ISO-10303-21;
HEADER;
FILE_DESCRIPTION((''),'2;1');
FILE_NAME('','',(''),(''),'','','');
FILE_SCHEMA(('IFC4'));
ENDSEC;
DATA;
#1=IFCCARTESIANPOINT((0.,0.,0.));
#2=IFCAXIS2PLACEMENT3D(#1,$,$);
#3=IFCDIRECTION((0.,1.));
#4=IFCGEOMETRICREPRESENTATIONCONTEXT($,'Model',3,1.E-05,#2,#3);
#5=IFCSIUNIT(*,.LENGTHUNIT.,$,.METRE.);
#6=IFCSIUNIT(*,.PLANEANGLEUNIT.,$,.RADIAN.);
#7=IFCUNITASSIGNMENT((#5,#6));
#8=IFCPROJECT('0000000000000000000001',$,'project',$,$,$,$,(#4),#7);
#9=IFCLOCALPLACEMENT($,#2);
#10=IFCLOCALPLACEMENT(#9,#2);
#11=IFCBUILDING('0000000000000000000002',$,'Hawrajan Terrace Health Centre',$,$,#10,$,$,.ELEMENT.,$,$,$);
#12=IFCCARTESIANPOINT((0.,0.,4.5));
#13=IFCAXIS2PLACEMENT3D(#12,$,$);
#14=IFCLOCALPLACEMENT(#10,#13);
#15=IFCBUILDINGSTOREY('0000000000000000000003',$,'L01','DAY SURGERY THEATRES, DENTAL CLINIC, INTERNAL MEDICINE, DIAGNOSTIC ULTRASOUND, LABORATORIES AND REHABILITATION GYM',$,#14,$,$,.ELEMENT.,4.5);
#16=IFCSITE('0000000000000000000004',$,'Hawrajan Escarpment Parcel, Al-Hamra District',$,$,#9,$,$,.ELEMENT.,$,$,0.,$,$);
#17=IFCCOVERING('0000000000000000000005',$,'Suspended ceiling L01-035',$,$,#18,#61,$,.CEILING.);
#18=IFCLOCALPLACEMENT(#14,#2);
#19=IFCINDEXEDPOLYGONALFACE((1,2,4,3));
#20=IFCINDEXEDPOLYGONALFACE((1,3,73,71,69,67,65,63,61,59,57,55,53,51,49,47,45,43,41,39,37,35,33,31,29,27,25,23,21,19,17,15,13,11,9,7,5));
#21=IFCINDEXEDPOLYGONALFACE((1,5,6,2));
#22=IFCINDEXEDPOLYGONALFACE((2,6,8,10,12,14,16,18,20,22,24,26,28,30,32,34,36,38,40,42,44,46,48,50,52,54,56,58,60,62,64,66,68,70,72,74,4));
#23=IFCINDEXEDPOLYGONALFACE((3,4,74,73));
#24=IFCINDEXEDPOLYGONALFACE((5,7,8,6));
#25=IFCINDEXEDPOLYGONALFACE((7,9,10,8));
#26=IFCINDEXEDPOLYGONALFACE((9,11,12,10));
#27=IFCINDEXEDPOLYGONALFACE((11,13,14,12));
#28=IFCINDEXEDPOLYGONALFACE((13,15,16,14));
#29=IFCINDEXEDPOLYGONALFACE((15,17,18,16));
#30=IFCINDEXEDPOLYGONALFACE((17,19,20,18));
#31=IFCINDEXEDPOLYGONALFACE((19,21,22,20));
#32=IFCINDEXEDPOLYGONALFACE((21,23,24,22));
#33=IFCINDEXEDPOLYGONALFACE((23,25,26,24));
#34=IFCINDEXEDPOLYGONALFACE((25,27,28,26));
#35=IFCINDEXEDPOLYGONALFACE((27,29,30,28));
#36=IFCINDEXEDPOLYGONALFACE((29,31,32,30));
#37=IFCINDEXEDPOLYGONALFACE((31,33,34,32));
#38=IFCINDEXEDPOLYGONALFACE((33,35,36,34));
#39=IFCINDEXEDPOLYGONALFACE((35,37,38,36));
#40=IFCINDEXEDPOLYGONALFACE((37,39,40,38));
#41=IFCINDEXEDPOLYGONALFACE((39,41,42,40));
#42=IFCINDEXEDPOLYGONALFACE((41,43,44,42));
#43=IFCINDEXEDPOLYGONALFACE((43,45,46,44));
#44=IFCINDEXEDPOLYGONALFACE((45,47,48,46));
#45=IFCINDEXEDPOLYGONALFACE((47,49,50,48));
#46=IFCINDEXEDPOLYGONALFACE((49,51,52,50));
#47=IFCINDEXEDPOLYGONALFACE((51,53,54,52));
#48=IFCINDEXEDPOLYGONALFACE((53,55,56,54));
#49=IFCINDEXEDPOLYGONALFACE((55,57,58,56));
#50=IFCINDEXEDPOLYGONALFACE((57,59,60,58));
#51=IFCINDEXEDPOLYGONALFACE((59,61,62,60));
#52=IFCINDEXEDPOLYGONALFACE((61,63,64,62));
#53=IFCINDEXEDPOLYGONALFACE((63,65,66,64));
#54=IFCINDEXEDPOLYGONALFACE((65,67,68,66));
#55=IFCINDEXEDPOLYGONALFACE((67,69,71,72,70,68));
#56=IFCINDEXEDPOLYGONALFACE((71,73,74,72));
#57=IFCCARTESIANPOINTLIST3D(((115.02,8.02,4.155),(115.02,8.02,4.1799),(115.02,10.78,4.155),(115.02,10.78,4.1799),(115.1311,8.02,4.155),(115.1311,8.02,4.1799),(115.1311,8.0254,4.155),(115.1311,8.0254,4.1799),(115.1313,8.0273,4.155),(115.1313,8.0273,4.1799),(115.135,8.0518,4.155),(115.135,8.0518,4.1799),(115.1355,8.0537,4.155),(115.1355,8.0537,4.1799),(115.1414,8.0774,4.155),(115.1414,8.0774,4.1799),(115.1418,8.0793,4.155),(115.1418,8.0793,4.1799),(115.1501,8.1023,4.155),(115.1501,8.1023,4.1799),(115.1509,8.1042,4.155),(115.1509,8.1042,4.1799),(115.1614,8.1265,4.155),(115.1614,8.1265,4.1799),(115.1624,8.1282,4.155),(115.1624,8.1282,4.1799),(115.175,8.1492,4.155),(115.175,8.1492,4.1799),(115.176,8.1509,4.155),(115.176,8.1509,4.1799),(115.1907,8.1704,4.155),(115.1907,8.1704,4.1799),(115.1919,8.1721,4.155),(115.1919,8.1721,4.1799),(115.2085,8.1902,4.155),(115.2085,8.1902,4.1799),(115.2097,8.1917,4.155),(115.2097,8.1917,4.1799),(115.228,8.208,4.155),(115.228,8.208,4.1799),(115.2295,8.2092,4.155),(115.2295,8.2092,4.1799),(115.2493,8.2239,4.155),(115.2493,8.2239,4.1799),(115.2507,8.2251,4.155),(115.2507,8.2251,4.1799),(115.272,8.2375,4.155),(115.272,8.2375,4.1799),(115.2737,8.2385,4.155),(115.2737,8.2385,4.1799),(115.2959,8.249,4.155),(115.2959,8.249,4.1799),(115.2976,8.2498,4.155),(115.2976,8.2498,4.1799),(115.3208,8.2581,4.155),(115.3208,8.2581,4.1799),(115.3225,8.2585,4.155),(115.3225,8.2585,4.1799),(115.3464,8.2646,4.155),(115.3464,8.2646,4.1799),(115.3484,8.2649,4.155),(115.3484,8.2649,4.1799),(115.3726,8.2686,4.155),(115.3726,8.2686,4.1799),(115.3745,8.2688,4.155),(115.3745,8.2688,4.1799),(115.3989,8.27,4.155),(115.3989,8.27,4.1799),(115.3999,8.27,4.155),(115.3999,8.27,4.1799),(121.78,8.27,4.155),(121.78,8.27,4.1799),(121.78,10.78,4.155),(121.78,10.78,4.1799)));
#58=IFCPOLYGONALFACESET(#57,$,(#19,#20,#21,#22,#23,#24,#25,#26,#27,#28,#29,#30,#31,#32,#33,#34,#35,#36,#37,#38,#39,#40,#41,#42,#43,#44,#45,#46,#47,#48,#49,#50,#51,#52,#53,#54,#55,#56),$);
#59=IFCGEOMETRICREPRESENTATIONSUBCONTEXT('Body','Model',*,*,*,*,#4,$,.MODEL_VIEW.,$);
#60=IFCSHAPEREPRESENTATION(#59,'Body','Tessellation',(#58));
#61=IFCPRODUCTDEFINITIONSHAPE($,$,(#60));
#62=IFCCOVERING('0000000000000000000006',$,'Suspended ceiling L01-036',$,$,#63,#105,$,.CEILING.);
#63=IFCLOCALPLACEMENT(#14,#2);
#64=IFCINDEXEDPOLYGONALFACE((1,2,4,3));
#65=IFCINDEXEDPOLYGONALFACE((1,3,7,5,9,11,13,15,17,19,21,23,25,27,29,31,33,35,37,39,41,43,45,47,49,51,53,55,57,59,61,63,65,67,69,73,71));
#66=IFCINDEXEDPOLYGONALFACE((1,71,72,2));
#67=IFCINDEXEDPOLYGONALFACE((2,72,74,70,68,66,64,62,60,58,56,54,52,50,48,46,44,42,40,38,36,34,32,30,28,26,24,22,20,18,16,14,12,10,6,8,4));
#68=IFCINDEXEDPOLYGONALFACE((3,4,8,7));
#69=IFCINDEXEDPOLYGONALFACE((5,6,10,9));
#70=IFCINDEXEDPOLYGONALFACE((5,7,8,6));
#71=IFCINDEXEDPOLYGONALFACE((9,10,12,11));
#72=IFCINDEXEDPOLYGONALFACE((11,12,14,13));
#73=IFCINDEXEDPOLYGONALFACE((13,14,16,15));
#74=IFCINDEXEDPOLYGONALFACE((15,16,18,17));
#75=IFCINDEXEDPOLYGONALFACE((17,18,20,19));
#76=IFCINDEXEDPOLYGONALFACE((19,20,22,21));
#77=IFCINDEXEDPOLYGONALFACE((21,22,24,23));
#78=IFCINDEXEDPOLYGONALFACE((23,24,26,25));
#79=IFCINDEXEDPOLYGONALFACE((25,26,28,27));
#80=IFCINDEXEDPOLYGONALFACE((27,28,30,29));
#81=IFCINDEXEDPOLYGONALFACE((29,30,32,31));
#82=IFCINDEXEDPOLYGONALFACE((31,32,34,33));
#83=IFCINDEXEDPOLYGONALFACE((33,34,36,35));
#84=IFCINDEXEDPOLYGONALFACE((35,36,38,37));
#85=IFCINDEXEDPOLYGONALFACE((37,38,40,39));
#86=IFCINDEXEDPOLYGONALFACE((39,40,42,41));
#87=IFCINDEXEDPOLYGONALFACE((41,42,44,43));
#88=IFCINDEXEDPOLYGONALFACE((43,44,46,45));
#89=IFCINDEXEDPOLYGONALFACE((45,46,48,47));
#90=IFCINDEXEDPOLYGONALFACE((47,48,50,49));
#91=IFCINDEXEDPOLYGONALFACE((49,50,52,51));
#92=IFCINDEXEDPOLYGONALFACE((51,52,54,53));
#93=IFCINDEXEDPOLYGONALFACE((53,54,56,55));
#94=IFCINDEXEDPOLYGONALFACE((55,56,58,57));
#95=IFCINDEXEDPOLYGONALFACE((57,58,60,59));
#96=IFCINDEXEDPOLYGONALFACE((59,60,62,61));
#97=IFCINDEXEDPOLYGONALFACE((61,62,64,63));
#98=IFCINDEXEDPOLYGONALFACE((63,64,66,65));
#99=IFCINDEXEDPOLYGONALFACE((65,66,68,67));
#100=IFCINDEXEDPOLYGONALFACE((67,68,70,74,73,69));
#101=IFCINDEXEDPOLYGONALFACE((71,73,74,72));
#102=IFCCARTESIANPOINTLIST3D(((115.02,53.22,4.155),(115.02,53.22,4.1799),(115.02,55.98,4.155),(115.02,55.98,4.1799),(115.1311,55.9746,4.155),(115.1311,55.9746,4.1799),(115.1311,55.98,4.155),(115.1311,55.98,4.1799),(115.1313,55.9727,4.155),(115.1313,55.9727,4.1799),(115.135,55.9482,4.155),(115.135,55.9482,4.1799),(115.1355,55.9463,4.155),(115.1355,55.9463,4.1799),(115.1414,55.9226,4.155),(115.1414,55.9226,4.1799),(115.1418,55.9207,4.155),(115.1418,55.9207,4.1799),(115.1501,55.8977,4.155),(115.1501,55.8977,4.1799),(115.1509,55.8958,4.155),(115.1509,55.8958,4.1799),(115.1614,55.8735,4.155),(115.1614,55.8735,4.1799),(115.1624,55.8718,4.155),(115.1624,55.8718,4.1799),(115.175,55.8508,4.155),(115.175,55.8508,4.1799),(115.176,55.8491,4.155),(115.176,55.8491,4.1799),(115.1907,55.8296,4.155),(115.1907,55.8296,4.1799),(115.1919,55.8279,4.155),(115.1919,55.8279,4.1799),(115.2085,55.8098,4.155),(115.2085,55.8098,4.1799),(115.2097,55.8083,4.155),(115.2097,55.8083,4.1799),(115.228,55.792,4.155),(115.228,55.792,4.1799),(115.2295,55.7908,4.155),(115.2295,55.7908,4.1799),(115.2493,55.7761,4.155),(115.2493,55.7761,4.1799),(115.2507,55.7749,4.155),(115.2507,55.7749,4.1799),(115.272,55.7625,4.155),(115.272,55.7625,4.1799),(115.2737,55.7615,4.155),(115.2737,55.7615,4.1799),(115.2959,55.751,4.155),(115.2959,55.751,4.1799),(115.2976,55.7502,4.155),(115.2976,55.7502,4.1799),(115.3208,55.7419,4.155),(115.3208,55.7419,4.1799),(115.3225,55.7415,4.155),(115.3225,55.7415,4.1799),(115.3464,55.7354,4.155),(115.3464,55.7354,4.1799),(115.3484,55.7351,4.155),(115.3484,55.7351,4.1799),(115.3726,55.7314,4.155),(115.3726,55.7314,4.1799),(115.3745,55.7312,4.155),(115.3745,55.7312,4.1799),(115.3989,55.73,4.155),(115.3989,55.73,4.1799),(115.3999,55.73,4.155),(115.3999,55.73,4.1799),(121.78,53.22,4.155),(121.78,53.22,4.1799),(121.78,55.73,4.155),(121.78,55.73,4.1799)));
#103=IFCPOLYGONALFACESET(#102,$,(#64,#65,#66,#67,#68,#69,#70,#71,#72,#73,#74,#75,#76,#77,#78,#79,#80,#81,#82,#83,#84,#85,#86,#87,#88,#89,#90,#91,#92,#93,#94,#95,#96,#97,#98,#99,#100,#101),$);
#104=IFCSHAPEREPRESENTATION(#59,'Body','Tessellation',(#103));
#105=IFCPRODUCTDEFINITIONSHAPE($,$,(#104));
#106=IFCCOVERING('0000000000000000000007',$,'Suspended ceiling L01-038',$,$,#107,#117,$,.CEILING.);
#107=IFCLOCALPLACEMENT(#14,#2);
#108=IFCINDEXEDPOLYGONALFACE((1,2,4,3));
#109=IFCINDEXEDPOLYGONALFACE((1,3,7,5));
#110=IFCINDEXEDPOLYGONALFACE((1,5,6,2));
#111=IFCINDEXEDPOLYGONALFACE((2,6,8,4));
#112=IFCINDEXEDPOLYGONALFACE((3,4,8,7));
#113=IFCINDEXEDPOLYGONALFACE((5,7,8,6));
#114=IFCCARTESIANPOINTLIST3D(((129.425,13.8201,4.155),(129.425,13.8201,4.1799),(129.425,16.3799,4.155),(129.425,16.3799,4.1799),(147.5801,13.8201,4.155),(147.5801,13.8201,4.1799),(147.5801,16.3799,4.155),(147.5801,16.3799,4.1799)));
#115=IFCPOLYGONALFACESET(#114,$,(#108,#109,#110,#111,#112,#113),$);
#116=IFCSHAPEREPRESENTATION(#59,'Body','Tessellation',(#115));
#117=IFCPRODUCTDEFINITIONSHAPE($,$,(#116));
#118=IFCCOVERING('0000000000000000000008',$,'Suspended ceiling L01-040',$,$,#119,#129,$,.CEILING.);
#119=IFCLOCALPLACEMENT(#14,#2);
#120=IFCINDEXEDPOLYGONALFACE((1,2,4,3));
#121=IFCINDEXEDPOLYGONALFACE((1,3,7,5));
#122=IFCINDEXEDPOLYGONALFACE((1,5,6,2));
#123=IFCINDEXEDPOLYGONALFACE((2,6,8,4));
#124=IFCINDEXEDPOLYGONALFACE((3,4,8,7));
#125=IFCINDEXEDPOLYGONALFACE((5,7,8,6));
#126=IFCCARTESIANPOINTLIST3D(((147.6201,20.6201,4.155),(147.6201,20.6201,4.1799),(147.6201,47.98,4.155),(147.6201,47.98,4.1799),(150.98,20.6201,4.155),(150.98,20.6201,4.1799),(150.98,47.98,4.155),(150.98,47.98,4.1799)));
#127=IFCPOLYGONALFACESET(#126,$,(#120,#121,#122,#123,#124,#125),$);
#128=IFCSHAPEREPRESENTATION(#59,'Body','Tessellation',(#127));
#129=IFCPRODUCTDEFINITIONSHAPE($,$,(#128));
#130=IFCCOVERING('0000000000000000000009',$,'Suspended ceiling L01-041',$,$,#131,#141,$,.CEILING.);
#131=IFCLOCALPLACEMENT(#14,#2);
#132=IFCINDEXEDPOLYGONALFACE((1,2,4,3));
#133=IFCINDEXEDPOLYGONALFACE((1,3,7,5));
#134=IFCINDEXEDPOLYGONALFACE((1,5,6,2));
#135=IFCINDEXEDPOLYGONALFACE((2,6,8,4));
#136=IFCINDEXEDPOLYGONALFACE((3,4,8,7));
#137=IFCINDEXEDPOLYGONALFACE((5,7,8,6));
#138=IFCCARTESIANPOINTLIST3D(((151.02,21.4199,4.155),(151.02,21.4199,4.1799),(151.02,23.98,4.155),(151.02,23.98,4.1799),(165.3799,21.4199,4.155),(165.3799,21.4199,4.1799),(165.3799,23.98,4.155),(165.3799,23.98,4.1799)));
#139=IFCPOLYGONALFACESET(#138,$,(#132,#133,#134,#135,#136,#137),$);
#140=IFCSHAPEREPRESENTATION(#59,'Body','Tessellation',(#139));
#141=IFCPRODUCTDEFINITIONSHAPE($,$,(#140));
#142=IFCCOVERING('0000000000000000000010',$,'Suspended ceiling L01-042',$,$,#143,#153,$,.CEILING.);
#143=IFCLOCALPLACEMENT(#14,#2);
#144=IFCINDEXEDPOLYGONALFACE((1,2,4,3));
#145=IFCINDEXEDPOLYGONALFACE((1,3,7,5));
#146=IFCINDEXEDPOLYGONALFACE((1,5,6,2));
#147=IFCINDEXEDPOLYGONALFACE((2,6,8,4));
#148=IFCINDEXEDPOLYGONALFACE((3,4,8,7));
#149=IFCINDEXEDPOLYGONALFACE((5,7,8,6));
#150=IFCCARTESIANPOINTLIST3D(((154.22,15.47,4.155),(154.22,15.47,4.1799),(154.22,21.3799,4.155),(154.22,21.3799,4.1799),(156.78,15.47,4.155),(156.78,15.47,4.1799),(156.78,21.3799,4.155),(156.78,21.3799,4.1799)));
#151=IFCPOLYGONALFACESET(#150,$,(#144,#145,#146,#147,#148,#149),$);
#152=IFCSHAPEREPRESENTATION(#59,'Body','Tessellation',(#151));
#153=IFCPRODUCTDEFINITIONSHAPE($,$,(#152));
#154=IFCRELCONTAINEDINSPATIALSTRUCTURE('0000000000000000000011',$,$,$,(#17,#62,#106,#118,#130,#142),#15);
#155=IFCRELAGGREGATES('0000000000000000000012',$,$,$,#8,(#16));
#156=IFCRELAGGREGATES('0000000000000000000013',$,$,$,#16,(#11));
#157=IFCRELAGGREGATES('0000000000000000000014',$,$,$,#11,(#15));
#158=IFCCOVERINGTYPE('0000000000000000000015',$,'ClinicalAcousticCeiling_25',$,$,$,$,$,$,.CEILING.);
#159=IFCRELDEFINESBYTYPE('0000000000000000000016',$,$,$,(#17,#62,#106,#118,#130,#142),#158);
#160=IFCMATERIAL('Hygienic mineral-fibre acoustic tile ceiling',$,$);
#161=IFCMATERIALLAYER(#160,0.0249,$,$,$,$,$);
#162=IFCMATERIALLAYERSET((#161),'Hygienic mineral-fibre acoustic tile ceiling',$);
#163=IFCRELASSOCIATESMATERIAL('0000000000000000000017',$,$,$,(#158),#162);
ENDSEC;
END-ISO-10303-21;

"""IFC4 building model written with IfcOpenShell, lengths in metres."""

from ifc_helpers import new_model, si_unit, direction, frame, origin, place, context, subcontext, project, spatial, polyline, outline, extrude, material, layer, layer_set, type_object, element, save


model = new_model("IFC4")

# Units and contexts
model_context = context("Model", 3, precision=1e-05, world=origin(), true_north=direction((0.0, 1.0)))
body_context = subcontext(model_context, "Body", "Model", "MODEL_VIEW")
ifc_project = project(units=[si_unit("LENGTHUNIT", "METRE"), si_unit("PLANEANGLEUNIT", "RADIAN")], contexts=[model_context])

# Site, building, storey
site_placement = place(None, origin())
site = spatial("IfcSite", under=ifc_project, at=site_placement, Name="Hawrajan Escarpment Parcel, Al-Hamra District", CompositionType="ELEMENT", RefElevation=0.0)
building_placement = place(site_placement, origin())
building = spatial("IfcBuilding", under=site, at=building_placement, Name="Hawrajan Terrace Health Centre", CompositionType="ELEMENT")
storey_placement = place(building_placement, frame((0.0, 0.0, 4.5)))
storey = spatial("IfcBuildingStorey", under=building, at=storey_placement, Name="L01", Description="DAY SURGERY THEATRES, DENTAL CLINIC, INTERNAL MEDICINE, DIAGNOSTIC ULTRASOUND, LABORATORIES AND REHABILITATION GYM", CompositionType="ELEMENT", Elevation=4.5)

# Coverings
ifc_material = material(Name="Hygienic mineral-fibre acoustic tile ceiling")
ifc_layer = layer(ifc_material, 0.0249)
ifc_layer_set = layer_set([ifc_layer], Name="Hygienic mineral-fibre acoustic tile ceiling")
covering_type = type_object("IfcCoveringType", Name="ClinicalAcousticCeiling_25", PredefinedType="CEILING", material=ifc_layer_set)
covering_1_placement = place(storey_placement, frame((0.0, 0.0, 4.155)))
element("IfcCovering", 1, at=covering_1_placement, inside=storey, type_object=covering_type, Name="Suspended ceiling L01-035", PredefinedType="CEILING", context=body_context, shape_type="SweptSolid", body=[
    extrude(outline(polyline([(115.02, 8.02), (115.02, 10.78), (121.78, 10.78), (121.78, 8.27), (115.3999, 8.27), (115.3989, 8.27), (115.3745, 8.2688), (115.3726, 8.2686), (115.3484, 8.2649), (115.3464, 8.2646), (115.3225, 8.2585), (115.3208, 8.2581), (115.2976, 8.2498), (115.2959, 8.249), (115.2737, 8.2385), (115.272, 8.2375), (115.2507, 8.2251), (115.2493, 8.2239), (115.2295, 8.2092), (115.228, 8.208), (115.2097, 8.1917), (115.2085, 8.1902), (115.1919, 8.1721), (115.1907, 8.1704), (115.176, 8.1509), (115.175, 8.1492), (115.1624, 8.1282), (115.1614, 8.1265), (115.1509, 8.1042), (115.1501, 8.1023), (115.1418, 8.0793), (115.1414, 8.0774), (115.1355, 8.0537), (115.135, 8.0518), (115.1313, 8.0273), (115.1311, 8.0254), (115.1311, 8.02), (115.02, 8.02)])), origin(), (0.0, 0.0, 1.0), 0.0249),
])
covering_2_placement = place(storey_placement, frame((0.0, 0.0, 4.155)))
element("IfcCovering", 2, at=covering_2_placement, inside=storey, type_object=covering_type, Name="Suspended ceiling L01-036", PredefinedType="CEILING", context=body_context, shape_type="SweptSolid", body=[
    extrude(outline(polyline([(121.78, 53.22), (115.02, 53.22), (115.02, 55.98), (115.1311, 55.98), (115.1311, 55.9746), (115.1313, 55.9727), (115.135, 55.9482), (115.1355, 55.9463), (115.1414, 55.9226), (115.1418, 55.9207), (115.1501, 55.8977), (115.1509, 55.8958), (115.1614, 55.8735), (115.1624, 55.8718), (115.175, 55.8508), (115.176, 55.8491), (115.1907, 55.8296), (115.1919, 55.8279), (115.2085, 55.8098), (115.2097, 55.8083), (115.228, 55.792), (115.2295, 55.7908), (115.2493, 55.7761), (115.2507, 55.7749), (115.272, 55.7625), (115.2737, 55.7615), (115.2959, 55.751), (115.2976, 55.7502), (115.3208, 55.7419), (115.3225, 55.7415), (115.3464, 55.7354), (115.3484, 55.7351), (115.3726, 55.7314), (115.3745, 55.7312), (115.3989, 55.73), (115.3999, 55.73), (121.78, 55.73), (121.78, 53.22)])), origin(), (0.0, 0.0, 1.0), 0.0249),
])
covering_3_placement = place(storey_placement, frame((0.0, 0.0, 4.155)))
element("IfcCovering", 3, at=covering_3_placement, inside=storey, type_object=covering_type, Name="Suspended ceiling L01-038", PredefinedType="CEILING", context=body_context, shape_type="SweptSolid", body=[
    extrude(outline(polyline([(129.425, 16.3799), (147.5801, 16.3799), (147.5801, 13.8201), (129.425, 13.8201), (129.425, 16.3799)])), origin(), (0.0, 0.0, 1.0), 0.0249),
])
covering_4_placement = place(storey_placement, frame((0.0, 0.0, 4.155)))
element("IfcCovering", 4, at=covering_4_placement, inside=storey, type_object=covering_type, Name="Suspended ceiling L01-040", PredefinedType="CEILING", context=body_context, shape_type="SweptSolid", body=[
    extrude(outline(polyline([(147.6201, 47.98), (150.98, 47.98), (150.98, 20.6201), (147.6201, 20.6201), (147.6201, 47.98)])), origin(), (0.0, 0.0, 1.0), 0.0249),
])
covering_5_placement = place(storey_placement, frame((0.0, 0.0, 4.155)))
element("IfcCovering", 5, at=covering_5_placement, inside=storey, type_object=covering_type, Name="Suspended ceiling L01-041", PredefinedType="CEILING", context=body_context, shape_type="SweptSolid", body=[
    extrude(outline(polyline([(151.02, 23.98), (165.3799, 23.98), (165.3799, 21.4199), (151.02, 21.4199), (151.02, 23.98)])), origin(), (0.0, 0.0, 1.0), 0.0249),
])
covering_6_placement = place(storey_placement, frame((0.0, 0.0, 4.155)))
element("IfcCovering", 6, at=covering_6_placement, inside=storey, type_object=covering_type, Name="Suspended ceiling L01-042", PredefinedType="CEILING", context=body_context, shape_type="SweptSolid", body=[
    extrude(outline(polyline([(154.22, 21.3799), (156.78, 21.3799), (156.78, 15.47), (154.22, 15.47), (154.22, 21.3799)])), origin(), (0.0, 0.0, 1.0), 0.0249),
])

save(model, "model.ifc")
